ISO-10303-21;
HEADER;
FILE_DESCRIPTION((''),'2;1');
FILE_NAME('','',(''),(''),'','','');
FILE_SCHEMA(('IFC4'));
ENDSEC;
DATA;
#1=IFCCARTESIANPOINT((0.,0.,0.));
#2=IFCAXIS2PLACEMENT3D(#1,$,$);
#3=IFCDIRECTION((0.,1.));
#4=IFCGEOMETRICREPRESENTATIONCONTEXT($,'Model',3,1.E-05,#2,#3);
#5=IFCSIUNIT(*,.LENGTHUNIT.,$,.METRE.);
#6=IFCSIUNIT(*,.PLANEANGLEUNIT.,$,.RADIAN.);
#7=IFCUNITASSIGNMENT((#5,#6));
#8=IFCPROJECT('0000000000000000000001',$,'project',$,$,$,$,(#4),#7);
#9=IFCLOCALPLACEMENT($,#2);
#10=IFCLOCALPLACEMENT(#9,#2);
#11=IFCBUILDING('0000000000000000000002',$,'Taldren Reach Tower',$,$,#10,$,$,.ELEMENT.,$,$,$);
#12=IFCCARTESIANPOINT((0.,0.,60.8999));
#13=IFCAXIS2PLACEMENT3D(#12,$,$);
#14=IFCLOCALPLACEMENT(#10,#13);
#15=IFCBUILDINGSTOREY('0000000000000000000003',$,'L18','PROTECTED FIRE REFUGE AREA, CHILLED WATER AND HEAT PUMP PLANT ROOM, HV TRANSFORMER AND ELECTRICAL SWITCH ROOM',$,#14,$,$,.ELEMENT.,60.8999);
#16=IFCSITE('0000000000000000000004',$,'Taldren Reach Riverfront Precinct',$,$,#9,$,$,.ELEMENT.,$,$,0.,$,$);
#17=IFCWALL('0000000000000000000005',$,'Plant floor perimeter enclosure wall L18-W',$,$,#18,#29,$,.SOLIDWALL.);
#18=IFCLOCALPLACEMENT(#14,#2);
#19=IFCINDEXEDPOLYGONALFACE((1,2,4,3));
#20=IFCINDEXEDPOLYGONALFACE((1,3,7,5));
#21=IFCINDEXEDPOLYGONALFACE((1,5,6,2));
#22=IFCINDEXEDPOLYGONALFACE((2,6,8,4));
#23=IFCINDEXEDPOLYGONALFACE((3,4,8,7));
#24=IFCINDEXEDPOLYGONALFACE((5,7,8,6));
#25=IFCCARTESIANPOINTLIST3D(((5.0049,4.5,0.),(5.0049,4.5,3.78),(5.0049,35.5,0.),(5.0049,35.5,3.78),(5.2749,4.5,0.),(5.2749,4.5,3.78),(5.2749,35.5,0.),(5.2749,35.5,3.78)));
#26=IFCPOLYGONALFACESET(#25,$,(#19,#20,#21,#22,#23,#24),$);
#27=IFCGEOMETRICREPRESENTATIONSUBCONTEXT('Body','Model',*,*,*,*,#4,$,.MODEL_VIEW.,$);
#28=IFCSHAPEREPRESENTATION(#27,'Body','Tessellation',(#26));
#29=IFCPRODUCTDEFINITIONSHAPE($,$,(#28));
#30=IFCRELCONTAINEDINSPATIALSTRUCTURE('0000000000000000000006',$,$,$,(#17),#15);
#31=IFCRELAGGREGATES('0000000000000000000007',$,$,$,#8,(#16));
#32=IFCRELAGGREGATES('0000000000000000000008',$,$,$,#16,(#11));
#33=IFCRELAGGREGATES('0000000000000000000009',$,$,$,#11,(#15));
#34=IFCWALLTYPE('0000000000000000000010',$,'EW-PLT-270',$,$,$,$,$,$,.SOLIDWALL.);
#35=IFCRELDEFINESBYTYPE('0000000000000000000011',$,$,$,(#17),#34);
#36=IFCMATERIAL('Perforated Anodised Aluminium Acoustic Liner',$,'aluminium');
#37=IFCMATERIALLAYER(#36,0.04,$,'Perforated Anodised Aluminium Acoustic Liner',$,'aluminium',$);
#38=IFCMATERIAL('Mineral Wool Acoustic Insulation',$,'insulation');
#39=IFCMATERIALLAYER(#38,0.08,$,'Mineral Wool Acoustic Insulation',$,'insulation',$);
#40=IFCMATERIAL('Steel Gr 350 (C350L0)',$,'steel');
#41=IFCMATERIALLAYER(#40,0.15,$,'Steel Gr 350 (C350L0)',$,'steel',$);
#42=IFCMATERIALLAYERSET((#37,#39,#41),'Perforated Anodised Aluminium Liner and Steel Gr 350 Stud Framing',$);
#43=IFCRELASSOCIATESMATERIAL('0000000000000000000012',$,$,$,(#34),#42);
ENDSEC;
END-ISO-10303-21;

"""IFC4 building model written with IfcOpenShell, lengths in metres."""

from ifc_helpers import new_model, si_unit, direction, frame, frame_2d, origin, place, context, subcontext, project, spatial, rectangle, extrude, source, transform, mapped, material, layer, layer_set, type_object, element, save


model = new_model("IFC4")

# Units and contexts
model_context = context("Model", 3, precision=1e-05, world=origin(), true_north=direction((0.0, 1.0)))
body_context = subcontext(model_context, "Body", "Model", "MODEL_VIEW")
ifc_project = project(units=[si_unit("LENGTHUNIT", "METRE"), si_unit("PLANEANGLEUNIT", "RADIAN")], contexts=[model_context])

# Site, building, storey
site_placement = place(None, origin())
site = spatial("IfcSite", under=ifc_project, at=site_placement, Name="Taldren Reach Riverfront Precinct", CompositionType="ELEMENT", RefElevation=0.0)
building_placement = place(site_placement, origin())
building = spatial("IfcBuilding", under=site, at=building_placement, Name="Taldren Reach Tower", CompositionType="ELEMENT")
storey_placement = place(building_placement, frame((0.0, 0.0, 60.8999)))
storey = spatial("IfcBuildingStorey", under=building, at=storey_placement, Name="L18", Description="PROTECTED FIRE REFUGE AREA, CHILLED WATER AND HEAT PUMP PLANT ROOM, HV TRANSFORMER AND ELECTRICAL SWITCH ROOM", CompositionType="ELEMENT", Elevation=60.8999)

# Shared definitions
ifc_material_1 = material(Name="Steel Gr 350 (C350L0)", Category="steel")

# Wall
ifc_material_2 = material(Name="Mineral Wool Acoustic Insulation", Category="insulation")
ifc_material_3 = material(Name="Perforated Anodised Aluminium Acoustic Liner", Category="aluminium")
ifc_layer_1 = layer(ifc_material_3, 0.04, Name="Perforated Anodised Aluminium Acoustic Liner", Category="aluminium")
ifc_layer_2 = layer(ifc_material_2, 0.08, Name="Mineral Wool Acoustic Insulation", Category="insulation")
ifc_layer_3 = layer(ifc_material_1, 0.15, Name="Steel Gr 350 (C350L0)", Category="steel")
ifc_layer_set_1 = layer_set([ifc_layer_1, ifc_layer_2, ifc_layer_3], Name="Perforated Anodised Aluminium Liner and Steel Gr 350 Stud Framing")
wall_type_1 = type_object("IfcWallType", Name="EW-PLT-270", PredefinedType="SOLIDWALL", material=ifc_layer_set_1)
shared_shape_1 = source(origin(), body_context, "Body", "SweptSolid", [
    extrude(rectangle(XDim=31.0, YDim=0.27, at=frame_2d((15.5, 0.0))), origin(), (0.0, 0.0, 1.0), 3.78),
])
wall_placement = place(storey_placement, frame((5.1399, 35.5, 0.0), z_axis=(0.0, 0.0, 1.0), x_axis=(0.0, -1.0, 0.0)))
element("IfcWall", 1, at=wall_placement, inside=storey, type_object=wall_type_1, Name="Plant floor perimeter enclosure wall L18-W", PredefinedType="SOLIDWALL", context=body_context, shape_type="MappedRepresentation", body=[
    mapped(shared_shape_1, transform((0.0, 0.0, 0.0), scale=1.0)),
])

save(model, "model.ifc")
